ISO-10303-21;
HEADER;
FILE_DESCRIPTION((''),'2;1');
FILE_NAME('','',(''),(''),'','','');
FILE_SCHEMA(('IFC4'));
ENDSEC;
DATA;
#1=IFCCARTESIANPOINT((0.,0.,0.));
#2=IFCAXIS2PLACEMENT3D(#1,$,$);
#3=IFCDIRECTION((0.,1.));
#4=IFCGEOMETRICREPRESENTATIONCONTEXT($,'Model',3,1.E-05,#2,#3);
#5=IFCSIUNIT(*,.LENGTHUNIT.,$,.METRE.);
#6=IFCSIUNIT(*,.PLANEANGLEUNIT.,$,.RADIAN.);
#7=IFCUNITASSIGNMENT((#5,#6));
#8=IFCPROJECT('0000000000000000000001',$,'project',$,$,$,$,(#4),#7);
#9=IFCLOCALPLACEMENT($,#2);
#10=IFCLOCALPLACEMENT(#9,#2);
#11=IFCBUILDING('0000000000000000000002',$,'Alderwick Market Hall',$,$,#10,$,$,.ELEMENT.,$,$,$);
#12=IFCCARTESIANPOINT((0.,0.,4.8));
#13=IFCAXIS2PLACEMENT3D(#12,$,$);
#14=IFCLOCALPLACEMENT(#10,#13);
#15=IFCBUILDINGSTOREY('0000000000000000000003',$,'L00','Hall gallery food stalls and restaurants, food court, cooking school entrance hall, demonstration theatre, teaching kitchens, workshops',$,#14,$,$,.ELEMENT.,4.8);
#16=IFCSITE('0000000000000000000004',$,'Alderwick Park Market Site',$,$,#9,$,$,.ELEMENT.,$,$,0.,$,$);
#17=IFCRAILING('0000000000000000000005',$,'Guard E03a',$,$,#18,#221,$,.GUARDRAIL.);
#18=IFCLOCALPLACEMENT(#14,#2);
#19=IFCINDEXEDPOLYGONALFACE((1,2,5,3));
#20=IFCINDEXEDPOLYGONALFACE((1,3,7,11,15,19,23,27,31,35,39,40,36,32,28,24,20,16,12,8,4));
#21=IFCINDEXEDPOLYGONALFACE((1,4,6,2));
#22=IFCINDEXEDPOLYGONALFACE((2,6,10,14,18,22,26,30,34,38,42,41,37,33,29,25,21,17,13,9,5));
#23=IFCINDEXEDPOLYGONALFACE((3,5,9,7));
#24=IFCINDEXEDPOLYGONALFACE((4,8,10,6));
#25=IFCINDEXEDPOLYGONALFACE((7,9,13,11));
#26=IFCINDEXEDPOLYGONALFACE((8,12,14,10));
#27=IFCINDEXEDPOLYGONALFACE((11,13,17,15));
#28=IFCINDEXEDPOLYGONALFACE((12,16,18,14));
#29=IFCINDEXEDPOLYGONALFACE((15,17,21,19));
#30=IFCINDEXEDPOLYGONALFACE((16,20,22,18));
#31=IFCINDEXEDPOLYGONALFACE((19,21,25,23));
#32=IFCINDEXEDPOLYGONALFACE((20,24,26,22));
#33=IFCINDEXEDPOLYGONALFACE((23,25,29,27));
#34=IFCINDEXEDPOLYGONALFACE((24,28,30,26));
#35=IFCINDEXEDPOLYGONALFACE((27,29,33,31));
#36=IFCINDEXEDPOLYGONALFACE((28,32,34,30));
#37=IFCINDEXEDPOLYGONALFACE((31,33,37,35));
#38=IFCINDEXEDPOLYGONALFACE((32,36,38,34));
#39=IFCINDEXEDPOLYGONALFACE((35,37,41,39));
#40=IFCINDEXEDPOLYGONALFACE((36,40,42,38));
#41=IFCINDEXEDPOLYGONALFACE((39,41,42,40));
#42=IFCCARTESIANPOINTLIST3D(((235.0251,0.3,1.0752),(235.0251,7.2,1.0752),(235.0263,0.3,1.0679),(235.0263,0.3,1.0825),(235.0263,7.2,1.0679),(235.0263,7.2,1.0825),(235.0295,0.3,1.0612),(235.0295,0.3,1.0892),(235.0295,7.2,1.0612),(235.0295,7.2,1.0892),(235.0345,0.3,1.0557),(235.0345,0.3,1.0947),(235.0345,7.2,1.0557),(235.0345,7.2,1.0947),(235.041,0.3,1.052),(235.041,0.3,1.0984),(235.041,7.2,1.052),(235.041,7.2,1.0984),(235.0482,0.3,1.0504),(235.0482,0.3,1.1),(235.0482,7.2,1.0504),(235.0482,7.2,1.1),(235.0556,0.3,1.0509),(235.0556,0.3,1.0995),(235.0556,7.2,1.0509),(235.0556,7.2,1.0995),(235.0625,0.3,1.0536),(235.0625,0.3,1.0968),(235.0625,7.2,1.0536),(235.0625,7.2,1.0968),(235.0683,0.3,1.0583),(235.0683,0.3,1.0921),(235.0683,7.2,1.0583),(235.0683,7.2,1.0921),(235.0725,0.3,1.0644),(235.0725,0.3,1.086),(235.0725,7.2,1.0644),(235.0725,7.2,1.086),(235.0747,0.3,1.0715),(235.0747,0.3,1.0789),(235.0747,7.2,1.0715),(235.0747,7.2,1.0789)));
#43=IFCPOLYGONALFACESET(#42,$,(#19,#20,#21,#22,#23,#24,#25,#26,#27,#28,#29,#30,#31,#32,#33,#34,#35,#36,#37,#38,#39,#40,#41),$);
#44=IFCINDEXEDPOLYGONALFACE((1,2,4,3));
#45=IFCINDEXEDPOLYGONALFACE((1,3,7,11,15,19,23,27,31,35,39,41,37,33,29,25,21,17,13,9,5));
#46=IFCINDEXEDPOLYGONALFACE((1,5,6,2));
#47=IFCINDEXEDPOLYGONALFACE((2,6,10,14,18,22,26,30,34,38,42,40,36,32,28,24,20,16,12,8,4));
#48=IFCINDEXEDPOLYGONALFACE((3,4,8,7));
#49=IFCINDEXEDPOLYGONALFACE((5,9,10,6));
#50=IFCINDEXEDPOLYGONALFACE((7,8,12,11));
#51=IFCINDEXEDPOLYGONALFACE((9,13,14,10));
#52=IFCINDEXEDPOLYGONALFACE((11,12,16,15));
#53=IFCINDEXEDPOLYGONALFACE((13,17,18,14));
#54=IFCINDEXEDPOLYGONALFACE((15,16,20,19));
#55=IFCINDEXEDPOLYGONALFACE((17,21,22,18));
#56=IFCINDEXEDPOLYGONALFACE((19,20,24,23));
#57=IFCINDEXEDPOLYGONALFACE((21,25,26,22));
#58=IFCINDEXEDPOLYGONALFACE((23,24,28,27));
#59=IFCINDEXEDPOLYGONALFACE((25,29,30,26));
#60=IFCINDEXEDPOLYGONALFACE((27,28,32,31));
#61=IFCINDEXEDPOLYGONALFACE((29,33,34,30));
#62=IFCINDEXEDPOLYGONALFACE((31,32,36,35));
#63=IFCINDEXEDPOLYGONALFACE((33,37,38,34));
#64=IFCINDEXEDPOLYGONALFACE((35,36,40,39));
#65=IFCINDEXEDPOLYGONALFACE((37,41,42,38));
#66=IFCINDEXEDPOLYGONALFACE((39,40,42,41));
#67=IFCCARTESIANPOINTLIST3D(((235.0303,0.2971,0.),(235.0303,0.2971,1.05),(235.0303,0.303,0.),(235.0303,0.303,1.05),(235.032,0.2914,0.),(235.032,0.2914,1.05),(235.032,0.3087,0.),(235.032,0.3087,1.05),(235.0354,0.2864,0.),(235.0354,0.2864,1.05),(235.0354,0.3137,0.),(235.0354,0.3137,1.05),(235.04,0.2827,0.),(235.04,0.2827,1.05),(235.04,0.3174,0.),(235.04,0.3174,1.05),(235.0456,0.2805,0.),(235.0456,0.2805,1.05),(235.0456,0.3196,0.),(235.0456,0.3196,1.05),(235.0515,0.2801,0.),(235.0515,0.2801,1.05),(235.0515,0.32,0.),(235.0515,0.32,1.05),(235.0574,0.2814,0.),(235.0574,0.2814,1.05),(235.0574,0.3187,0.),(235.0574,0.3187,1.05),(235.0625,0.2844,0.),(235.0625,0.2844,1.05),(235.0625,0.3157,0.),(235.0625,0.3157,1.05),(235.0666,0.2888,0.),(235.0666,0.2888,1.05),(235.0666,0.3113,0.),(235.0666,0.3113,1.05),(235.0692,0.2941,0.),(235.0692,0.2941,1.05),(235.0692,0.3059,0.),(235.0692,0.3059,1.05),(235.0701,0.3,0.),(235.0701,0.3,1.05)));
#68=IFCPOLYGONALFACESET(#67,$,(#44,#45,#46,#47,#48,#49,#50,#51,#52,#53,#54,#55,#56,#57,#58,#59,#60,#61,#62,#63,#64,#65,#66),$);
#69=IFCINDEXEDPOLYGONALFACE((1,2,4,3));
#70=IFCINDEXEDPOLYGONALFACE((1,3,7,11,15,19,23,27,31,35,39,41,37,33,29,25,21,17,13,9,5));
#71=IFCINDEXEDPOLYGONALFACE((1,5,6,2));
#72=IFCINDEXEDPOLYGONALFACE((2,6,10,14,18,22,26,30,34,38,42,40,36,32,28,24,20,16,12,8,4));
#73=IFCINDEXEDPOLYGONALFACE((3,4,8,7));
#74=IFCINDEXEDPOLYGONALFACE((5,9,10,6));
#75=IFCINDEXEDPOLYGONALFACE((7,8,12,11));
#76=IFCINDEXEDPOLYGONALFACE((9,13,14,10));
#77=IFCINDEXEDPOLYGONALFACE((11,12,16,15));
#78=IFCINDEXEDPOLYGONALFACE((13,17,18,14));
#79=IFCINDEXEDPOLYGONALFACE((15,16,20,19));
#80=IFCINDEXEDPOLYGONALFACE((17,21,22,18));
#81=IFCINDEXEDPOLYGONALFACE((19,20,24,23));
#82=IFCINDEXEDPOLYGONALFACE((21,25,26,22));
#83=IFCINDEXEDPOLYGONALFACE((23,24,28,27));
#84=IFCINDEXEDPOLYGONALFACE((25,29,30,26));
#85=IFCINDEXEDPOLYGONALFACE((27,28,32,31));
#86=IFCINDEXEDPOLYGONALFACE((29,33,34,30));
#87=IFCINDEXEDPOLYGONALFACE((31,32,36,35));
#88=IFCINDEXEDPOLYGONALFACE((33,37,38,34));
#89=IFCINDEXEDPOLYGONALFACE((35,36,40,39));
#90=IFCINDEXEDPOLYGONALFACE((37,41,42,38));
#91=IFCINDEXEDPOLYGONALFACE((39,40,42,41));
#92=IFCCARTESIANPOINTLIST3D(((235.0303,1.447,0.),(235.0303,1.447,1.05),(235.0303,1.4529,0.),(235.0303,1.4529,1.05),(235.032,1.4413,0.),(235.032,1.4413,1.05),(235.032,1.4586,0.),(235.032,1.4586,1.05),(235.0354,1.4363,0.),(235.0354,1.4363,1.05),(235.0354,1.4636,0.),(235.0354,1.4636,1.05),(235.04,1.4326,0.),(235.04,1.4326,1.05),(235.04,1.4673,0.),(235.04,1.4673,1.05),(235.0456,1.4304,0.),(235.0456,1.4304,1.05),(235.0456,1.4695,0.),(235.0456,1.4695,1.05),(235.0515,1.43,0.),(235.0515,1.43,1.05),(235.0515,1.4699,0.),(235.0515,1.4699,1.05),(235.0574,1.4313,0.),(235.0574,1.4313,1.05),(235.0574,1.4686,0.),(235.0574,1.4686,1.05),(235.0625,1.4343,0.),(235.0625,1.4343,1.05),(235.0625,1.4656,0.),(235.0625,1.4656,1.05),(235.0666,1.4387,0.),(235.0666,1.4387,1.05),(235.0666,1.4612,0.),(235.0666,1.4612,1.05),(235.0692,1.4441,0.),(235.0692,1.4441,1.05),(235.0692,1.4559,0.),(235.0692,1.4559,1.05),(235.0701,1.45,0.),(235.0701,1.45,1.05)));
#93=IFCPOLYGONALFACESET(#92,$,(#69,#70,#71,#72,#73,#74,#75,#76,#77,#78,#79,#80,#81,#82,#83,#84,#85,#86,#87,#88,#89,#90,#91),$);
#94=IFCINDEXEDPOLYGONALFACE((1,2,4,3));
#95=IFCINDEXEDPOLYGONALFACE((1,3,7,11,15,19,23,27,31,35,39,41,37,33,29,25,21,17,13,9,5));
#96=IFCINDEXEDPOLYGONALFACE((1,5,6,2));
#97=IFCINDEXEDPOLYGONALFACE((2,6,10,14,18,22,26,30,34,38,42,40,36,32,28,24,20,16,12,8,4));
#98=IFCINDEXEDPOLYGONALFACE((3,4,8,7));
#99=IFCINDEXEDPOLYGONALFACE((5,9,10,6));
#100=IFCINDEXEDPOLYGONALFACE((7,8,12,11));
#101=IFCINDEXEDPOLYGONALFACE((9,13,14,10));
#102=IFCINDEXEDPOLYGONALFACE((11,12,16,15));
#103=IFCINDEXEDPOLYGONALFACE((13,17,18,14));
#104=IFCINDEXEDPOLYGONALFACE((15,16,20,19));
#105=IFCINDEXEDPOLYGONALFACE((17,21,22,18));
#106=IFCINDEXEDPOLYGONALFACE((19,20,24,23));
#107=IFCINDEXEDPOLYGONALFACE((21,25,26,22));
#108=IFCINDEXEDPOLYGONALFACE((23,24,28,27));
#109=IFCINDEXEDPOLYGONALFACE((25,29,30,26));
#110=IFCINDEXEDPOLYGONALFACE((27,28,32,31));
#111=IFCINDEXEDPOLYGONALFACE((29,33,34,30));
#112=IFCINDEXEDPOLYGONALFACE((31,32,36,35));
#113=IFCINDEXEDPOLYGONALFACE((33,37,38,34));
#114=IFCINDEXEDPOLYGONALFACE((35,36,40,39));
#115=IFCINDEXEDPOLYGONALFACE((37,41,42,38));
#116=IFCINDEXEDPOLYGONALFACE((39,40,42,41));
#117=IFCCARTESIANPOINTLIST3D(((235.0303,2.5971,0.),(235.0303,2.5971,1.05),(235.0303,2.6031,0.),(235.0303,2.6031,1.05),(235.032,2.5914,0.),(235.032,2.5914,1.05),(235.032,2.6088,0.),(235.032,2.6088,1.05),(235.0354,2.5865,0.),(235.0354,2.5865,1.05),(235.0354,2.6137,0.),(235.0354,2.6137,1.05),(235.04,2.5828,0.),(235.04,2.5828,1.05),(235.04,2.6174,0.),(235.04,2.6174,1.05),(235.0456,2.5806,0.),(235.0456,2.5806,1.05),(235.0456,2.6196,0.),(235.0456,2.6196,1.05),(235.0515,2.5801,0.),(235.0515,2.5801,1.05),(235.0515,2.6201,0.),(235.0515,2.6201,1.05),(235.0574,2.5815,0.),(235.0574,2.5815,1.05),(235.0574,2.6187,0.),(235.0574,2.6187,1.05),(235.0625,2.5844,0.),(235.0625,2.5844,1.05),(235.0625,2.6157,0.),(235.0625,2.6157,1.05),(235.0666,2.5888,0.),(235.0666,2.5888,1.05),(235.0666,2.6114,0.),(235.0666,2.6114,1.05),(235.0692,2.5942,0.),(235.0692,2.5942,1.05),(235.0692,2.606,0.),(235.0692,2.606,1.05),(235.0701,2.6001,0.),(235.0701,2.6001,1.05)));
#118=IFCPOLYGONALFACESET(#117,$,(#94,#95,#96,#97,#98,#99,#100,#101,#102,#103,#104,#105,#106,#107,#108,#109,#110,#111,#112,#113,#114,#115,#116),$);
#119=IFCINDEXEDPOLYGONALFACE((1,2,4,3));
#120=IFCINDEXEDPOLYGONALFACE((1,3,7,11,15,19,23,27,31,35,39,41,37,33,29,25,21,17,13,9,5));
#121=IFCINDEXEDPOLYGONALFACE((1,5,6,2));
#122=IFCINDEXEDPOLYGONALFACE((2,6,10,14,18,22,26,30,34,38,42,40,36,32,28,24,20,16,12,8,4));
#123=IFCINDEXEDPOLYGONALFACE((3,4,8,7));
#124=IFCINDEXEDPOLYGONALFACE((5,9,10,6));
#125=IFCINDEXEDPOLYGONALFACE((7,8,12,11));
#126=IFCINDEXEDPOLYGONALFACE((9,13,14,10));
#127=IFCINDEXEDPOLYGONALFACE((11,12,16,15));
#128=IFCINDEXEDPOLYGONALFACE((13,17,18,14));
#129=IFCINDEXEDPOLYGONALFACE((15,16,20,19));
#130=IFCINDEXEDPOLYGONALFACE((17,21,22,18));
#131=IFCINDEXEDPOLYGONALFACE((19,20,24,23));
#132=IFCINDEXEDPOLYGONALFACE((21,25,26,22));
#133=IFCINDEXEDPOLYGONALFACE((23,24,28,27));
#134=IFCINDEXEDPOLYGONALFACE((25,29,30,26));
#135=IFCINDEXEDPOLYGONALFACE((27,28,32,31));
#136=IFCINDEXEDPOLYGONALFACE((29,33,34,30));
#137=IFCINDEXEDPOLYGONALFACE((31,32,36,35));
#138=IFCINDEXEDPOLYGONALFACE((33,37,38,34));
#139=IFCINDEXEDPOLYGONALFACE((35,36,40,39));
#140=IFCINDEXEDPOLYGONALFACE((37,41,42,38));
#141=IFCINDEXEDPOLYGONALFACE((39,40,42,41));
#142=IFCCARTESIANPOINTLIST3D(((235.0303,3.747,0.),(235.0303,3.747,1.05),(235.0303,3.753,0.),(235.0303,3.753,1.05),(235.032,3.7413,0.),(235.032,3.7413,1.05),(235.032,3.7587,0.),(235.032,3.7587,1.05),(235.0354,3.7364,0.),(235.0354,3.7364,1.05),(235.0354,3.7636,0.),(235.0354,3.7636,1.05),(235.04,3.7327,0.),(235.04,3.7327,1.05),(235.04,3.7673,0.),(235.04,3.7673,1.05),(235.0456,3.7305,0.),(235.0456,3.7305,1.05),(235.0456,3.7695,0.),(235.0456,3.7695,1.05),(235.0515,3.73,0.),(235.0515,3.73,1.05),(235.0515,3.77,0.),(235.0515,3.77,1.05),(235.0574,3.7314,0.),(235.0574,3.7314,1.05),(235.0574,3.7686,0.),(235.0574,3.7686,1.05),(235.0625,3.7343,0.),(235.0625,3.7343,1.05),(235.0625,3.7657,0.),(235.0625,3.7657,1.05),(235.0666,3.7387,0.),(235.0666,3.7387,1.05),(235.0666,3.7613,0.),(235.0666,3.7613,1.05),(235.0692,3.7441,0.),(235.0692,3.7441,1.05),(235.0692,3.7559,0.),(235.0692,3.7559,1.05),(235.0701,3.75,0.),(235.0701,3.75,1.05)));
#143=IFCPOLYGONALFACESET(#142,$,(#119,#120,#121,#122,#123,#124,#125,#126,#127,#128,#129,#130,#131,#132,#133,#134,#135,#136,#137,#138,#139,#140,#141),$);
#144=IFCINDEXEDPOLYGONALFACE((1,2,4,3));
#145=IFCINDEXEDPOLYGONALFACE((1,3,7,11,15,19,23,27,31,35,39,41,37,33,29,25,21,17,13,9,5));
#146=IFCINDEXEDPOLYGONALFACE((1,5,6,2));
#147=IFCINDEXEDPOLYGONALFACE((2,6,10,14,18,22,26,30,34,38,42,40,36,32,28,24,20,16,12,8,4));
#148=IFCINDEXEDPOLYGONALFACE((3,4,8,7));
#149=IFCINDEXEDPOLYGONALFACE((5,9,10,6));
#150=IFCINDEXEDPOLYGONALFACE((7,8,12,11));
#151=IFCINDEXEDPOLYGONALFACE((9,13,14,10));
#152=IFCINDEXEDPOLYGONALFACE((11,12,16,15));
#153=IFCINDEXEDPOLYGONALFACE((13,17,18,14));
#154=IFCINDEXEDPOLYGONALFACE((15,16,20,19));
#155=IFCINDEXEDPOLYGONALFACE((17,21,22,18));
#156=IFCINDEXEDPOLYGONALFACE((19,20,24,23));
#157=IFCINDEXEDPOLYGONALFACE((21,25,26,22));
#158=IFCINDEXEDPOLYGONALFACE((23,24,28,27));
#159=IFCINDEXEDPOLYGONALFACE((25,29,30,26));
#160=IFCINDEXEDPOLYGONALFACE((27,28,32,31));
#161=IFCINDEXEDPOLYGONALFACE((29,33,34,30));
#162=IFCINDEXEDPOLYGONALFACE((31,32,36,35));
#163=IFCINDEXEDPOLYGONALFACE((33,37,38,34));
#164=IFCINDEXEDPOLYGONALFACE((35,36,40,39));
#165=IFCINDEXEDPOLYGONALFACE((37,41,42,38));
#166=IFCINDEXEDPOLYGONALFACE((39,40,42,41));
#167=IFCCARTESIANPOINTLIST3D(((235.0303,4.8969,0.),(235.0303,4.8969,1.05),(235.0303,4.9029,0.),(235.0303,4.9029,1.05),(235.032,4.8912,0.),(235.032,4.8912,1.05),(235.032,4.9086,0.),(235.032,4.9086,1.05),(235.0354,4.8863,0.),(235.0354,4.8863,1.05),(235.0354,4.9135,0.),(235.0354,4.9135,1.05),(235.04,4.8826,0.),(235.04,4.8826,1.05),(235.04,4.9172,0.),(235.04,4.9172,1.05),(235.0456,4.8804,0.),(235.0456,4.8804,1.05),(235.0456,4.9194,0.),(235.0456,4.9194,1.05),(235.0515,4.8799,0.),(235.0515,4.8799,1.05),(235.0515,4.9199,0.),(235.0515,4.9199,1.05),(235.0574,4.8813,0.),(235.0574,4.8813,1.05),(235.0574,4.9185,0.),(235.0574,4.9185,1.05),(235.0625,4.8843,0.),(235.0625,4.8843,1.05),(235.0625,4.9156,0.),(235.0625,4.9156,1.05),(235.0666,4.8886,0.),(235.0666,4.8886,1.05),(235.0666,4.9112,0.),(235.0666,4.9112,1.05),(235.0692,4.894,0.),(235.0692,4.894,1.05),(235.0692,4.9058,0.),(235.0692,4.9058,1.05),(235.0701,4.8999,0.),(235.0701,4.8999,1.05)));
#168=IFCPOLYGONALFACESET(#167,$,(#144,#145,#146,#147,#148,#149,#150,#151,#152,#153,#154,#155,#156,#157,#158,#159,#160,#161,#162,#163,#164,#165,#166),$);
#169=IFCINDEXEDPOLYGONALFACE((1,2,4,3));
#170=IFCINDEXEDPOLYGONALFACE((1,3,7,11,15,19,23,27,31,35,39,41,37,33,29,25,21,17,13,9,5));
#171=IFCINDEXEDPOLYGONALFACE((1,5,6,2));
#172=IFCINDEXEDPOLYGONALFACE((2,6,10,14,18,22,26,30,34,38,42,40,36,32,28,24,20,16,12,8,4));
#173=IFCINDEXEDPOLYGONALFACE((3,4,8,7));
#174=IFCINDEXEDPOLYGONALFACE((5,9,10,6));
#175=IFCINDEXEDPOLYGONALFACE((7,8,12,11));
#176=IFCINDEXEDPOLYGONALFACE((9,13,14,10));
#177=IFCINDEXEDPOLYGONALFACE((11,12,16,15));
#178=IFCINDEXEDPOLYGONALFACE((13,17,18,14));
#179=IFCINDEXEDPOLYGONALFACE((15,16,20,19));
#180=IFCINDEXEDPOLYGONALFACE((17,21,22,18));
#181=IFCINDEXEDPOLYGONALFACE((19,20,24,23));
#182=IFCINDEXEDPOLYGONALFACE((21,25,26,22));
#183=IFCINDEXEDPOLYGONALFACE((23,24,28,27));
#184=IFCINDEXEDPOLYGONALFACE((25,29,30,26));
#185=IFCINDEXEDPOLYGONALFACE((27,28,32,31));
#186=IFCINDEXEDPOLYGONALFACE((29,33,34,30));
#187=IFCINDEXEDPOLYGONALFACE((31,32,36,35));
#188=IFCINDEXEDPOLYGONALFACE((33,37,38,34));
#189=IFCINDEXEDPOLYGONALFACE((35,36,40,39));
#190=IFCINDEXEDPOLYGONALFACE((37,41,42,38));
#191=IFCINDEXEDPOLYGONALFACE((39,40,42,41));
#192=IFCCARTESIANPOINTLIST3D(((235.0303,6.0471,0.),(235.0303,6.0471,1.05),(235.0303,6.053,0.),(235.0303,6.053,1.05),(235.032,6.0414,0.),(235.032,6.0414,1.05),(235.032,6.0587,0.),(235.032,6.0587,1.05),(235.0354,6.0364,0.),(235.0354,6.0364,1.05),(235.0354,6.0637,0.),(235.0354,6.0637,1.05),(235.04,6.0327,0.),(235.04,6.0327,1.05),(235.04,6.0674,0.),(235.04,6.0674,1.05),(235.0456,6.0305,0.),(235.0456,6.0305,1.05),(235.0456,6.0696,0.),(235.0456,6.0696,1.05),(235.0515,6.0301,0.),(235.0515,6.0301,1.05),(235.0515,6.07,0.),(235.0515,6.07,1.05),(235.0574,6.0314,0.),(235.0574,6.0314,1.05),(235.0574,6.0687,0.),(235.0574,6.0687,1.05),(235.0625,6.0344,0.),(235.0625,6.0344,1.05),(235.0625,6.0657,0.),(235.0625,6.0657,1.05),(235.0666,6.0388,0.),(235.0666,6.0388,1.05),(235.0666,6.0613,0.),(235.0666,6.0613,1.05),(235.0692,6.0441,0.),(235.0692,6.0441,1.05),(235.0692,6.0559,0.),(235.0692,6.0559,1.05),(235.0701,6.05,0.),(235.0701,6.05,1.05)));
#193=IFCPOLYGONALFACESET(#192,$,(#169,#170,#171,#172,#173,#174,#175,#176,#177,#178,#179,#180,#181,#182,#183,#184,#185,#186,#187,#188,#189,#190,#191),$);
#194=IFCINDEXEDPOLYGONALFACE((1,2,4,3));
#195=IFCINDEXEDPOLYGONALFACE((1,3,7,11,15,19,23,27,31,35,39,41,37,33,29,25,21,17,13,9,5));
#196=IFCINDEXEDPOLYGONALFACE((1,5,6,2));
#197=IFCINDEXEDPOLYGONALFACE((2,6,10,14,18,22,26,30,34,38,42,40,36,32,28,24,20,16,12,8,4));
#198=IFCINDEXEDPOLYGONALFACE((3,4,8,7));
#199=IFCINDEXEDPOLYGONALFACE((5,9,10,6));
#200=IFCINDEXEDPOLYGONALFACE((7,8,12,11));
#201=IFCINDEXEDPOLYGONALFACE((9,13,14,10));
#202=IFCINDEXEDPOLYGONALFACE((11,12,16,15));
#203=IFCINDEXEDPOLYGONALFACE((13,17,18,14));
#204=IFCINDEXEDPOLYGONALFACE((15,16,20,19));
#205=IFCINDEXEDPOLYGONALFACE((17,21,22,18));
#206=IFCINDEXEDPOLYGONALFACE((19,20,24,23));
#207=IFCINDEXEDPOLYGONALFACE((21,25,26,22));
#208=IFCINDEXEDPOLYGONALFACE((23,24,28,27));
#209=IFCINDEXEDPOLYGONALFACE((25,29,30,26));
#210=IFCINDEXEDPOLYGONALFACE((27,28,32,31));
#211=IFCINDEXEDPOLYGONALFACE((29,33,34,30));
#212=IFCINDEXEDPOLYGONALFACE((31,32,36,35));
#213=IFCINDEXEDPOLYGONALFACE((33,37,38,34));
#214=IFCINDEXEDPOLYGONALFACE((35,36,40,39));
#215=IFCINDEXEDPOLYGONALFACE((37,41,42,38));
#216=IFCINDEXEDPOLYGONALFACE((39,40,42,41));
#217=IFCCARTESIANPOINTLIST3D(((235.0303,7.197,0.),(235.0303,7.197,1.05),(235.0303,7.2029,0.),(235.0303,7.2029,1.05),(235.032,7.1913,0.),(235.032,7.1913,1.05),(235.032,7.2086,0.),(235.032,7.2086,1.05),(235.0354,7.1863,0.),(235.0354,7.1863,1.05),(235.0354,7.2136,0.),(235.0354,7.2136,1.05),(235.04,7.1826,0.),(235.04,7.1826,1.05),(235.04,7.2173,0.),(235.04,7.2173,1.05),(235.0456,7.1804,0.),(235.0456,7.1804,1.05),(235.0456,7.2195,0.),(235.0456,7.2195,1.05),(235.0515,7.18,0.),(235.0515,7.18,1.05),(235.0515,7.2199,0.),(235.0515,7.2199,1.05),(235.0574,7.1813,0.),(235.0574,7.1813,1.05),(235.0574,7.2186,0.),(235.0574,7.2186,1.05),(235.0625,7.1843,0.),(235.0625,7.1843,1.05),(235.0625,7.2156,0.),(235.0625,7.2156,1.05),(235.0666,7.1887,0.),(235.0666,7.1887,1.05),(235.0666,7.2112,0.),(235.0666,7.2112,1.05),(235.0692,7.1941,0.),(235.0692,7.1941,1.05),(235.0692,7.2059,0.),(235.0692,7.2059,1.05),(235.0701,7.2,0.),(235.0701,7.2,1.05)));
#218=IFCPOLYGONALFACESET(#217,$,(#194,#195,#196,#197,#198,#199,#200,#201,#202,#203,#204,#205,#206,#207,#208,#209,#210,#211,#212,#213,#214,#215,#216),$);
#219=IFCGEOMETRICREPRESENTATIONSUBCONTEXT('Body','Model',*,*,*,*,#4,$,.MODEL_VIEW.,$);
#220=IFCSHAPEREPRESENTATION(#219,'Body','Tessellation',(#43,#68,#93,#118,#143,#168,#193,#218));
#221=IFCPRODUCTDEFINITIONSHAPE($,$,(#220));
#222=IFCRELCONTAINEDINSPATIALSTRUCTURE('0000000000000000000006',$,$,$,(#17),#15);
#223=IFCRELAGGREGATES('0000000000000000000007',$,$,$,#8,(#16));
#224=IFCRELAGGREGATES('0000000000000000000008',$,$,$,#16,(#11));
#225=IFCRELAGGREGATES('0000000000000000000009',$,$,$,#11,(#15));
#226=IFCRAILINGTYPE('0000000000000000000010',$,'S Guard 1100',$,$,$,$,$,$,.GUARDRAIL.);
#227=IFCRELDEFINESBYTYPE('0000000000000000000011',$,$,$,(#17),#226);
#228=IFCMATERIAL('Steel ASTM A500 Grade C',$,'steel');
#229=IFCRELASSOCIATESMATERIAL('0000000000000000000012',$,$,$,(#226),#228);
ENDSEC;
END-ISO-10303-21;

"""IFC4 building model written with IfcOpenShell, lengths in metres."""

from ifc_helpers import new_model, si_unit, direction, frame, origin, origin_2d, place, context, subcontext, project, spatial, circle, extrude, material, type_object, element, save


model = new_model("IFC4")

# Units and contexts
model_context = context("Model", 3, precision=1e-05, world=origin(), true_north=direction((0.0, 1.0)))
body_context = subcontext(model_context, "Body", "Model", "MODEL_VIEW")
ifc_project = project(units=[si_unit("LENGTHUNIT", "METRE"), si_unit("PLANEANGLEUNIT", "RADIAN")], contexts=[model_context])

# Site, building, storey
site_placement = place(None, origin())
site = spatial("IfcSite", under=ifc_project, at=site_placement, Name="Alderwick Park Market Site", CompositionType="ELEMENT", RefElevation=0.0)
building_placement = place(site_placement, origin())
building = spatial("IfcBuilding", under=site, at=building_placement, Name="Alderwick Market Hall", CompositionType="ELEMENT")
storey_placement = place(building_placement, frame((0.0, 0.0, 4.8)))
storey = spatial("IfcBuildingStorey", under=building, at=storey_placement, Name="L00", Description="Hall gallery food stalls and restaurants, food court, cooking school entrance hall, demonstration theatre, teaching kitchens, workshops", CompositionType="ELEMENT", Elevation=4.8)

# Shared definitions
ifc_material_1 = material(Name="Steel ASTM A500 Grade C", Category="steel")

# Railing
railing_type_1 = type_object("IfcRailingType", Name="S Guard 1100", PredefinedType="GUARDRAIL", material=ifc_material_1)
railing_1_placement = place(storey_placement, frame((235.05, 0.3, 0.0)))
element("IfcRailing", 1, at=railing_1_placement, inside=storey, type_object=railing_type_1, Name="Guard E03a", PredefinedType="GUARDRAIL", context=body_context, shape_type="SweptSolid", body=[
    extrude(circle(Radius=0.0249, at=origin_2d()), frame((0.0, 0.0, 1.0752), z_axis=(0.0, 1.0, 0.0), x_axis=(-1.0, 0.0, 0.0)), (0.0, 0.0, 1.0), 6.8999),
    extrude(circle(Radius=0.02, at=origin_2d()), origin(), (0.0, 0.0, 1.0), 1.05),
    extrude(circle(Radius=0.02, at=origin_2d()), frame((0.0, 1.1499, 0.0)), (0.0, 0.0, 1.0), 1.05),
    extrude(circle(Radius=0.02, at=origin_2d()), frame((0.0, 2.3, 0.0)), (0.0, 0.0, 1.0), 1.05),
    extrude(circle(Radius=0.02, at=origin_2d()), frame((0.0, 3.45, 0.0)), (0.0, 0.0, 1.0), 1.05),
    extrude(circle(Radius=0.02, at=origin_2d()), frame((0.0, 4.5999, 0.0)), (0.0, 0.0, 1.0), 1.05),
    extrude(circle(Radius=0.02, at=origin_2d()), frame((0.0, 5.75, 0.0)), (0.0, 0.0, 1.0), 1.05),
    extrude(circle(Radius=0.02, at=origin_2d()), frame((0.0, 6.8999, 0.0)), (0.0, 0.0, 1.0), 1.05),
])

save(model, "model.ifc")
